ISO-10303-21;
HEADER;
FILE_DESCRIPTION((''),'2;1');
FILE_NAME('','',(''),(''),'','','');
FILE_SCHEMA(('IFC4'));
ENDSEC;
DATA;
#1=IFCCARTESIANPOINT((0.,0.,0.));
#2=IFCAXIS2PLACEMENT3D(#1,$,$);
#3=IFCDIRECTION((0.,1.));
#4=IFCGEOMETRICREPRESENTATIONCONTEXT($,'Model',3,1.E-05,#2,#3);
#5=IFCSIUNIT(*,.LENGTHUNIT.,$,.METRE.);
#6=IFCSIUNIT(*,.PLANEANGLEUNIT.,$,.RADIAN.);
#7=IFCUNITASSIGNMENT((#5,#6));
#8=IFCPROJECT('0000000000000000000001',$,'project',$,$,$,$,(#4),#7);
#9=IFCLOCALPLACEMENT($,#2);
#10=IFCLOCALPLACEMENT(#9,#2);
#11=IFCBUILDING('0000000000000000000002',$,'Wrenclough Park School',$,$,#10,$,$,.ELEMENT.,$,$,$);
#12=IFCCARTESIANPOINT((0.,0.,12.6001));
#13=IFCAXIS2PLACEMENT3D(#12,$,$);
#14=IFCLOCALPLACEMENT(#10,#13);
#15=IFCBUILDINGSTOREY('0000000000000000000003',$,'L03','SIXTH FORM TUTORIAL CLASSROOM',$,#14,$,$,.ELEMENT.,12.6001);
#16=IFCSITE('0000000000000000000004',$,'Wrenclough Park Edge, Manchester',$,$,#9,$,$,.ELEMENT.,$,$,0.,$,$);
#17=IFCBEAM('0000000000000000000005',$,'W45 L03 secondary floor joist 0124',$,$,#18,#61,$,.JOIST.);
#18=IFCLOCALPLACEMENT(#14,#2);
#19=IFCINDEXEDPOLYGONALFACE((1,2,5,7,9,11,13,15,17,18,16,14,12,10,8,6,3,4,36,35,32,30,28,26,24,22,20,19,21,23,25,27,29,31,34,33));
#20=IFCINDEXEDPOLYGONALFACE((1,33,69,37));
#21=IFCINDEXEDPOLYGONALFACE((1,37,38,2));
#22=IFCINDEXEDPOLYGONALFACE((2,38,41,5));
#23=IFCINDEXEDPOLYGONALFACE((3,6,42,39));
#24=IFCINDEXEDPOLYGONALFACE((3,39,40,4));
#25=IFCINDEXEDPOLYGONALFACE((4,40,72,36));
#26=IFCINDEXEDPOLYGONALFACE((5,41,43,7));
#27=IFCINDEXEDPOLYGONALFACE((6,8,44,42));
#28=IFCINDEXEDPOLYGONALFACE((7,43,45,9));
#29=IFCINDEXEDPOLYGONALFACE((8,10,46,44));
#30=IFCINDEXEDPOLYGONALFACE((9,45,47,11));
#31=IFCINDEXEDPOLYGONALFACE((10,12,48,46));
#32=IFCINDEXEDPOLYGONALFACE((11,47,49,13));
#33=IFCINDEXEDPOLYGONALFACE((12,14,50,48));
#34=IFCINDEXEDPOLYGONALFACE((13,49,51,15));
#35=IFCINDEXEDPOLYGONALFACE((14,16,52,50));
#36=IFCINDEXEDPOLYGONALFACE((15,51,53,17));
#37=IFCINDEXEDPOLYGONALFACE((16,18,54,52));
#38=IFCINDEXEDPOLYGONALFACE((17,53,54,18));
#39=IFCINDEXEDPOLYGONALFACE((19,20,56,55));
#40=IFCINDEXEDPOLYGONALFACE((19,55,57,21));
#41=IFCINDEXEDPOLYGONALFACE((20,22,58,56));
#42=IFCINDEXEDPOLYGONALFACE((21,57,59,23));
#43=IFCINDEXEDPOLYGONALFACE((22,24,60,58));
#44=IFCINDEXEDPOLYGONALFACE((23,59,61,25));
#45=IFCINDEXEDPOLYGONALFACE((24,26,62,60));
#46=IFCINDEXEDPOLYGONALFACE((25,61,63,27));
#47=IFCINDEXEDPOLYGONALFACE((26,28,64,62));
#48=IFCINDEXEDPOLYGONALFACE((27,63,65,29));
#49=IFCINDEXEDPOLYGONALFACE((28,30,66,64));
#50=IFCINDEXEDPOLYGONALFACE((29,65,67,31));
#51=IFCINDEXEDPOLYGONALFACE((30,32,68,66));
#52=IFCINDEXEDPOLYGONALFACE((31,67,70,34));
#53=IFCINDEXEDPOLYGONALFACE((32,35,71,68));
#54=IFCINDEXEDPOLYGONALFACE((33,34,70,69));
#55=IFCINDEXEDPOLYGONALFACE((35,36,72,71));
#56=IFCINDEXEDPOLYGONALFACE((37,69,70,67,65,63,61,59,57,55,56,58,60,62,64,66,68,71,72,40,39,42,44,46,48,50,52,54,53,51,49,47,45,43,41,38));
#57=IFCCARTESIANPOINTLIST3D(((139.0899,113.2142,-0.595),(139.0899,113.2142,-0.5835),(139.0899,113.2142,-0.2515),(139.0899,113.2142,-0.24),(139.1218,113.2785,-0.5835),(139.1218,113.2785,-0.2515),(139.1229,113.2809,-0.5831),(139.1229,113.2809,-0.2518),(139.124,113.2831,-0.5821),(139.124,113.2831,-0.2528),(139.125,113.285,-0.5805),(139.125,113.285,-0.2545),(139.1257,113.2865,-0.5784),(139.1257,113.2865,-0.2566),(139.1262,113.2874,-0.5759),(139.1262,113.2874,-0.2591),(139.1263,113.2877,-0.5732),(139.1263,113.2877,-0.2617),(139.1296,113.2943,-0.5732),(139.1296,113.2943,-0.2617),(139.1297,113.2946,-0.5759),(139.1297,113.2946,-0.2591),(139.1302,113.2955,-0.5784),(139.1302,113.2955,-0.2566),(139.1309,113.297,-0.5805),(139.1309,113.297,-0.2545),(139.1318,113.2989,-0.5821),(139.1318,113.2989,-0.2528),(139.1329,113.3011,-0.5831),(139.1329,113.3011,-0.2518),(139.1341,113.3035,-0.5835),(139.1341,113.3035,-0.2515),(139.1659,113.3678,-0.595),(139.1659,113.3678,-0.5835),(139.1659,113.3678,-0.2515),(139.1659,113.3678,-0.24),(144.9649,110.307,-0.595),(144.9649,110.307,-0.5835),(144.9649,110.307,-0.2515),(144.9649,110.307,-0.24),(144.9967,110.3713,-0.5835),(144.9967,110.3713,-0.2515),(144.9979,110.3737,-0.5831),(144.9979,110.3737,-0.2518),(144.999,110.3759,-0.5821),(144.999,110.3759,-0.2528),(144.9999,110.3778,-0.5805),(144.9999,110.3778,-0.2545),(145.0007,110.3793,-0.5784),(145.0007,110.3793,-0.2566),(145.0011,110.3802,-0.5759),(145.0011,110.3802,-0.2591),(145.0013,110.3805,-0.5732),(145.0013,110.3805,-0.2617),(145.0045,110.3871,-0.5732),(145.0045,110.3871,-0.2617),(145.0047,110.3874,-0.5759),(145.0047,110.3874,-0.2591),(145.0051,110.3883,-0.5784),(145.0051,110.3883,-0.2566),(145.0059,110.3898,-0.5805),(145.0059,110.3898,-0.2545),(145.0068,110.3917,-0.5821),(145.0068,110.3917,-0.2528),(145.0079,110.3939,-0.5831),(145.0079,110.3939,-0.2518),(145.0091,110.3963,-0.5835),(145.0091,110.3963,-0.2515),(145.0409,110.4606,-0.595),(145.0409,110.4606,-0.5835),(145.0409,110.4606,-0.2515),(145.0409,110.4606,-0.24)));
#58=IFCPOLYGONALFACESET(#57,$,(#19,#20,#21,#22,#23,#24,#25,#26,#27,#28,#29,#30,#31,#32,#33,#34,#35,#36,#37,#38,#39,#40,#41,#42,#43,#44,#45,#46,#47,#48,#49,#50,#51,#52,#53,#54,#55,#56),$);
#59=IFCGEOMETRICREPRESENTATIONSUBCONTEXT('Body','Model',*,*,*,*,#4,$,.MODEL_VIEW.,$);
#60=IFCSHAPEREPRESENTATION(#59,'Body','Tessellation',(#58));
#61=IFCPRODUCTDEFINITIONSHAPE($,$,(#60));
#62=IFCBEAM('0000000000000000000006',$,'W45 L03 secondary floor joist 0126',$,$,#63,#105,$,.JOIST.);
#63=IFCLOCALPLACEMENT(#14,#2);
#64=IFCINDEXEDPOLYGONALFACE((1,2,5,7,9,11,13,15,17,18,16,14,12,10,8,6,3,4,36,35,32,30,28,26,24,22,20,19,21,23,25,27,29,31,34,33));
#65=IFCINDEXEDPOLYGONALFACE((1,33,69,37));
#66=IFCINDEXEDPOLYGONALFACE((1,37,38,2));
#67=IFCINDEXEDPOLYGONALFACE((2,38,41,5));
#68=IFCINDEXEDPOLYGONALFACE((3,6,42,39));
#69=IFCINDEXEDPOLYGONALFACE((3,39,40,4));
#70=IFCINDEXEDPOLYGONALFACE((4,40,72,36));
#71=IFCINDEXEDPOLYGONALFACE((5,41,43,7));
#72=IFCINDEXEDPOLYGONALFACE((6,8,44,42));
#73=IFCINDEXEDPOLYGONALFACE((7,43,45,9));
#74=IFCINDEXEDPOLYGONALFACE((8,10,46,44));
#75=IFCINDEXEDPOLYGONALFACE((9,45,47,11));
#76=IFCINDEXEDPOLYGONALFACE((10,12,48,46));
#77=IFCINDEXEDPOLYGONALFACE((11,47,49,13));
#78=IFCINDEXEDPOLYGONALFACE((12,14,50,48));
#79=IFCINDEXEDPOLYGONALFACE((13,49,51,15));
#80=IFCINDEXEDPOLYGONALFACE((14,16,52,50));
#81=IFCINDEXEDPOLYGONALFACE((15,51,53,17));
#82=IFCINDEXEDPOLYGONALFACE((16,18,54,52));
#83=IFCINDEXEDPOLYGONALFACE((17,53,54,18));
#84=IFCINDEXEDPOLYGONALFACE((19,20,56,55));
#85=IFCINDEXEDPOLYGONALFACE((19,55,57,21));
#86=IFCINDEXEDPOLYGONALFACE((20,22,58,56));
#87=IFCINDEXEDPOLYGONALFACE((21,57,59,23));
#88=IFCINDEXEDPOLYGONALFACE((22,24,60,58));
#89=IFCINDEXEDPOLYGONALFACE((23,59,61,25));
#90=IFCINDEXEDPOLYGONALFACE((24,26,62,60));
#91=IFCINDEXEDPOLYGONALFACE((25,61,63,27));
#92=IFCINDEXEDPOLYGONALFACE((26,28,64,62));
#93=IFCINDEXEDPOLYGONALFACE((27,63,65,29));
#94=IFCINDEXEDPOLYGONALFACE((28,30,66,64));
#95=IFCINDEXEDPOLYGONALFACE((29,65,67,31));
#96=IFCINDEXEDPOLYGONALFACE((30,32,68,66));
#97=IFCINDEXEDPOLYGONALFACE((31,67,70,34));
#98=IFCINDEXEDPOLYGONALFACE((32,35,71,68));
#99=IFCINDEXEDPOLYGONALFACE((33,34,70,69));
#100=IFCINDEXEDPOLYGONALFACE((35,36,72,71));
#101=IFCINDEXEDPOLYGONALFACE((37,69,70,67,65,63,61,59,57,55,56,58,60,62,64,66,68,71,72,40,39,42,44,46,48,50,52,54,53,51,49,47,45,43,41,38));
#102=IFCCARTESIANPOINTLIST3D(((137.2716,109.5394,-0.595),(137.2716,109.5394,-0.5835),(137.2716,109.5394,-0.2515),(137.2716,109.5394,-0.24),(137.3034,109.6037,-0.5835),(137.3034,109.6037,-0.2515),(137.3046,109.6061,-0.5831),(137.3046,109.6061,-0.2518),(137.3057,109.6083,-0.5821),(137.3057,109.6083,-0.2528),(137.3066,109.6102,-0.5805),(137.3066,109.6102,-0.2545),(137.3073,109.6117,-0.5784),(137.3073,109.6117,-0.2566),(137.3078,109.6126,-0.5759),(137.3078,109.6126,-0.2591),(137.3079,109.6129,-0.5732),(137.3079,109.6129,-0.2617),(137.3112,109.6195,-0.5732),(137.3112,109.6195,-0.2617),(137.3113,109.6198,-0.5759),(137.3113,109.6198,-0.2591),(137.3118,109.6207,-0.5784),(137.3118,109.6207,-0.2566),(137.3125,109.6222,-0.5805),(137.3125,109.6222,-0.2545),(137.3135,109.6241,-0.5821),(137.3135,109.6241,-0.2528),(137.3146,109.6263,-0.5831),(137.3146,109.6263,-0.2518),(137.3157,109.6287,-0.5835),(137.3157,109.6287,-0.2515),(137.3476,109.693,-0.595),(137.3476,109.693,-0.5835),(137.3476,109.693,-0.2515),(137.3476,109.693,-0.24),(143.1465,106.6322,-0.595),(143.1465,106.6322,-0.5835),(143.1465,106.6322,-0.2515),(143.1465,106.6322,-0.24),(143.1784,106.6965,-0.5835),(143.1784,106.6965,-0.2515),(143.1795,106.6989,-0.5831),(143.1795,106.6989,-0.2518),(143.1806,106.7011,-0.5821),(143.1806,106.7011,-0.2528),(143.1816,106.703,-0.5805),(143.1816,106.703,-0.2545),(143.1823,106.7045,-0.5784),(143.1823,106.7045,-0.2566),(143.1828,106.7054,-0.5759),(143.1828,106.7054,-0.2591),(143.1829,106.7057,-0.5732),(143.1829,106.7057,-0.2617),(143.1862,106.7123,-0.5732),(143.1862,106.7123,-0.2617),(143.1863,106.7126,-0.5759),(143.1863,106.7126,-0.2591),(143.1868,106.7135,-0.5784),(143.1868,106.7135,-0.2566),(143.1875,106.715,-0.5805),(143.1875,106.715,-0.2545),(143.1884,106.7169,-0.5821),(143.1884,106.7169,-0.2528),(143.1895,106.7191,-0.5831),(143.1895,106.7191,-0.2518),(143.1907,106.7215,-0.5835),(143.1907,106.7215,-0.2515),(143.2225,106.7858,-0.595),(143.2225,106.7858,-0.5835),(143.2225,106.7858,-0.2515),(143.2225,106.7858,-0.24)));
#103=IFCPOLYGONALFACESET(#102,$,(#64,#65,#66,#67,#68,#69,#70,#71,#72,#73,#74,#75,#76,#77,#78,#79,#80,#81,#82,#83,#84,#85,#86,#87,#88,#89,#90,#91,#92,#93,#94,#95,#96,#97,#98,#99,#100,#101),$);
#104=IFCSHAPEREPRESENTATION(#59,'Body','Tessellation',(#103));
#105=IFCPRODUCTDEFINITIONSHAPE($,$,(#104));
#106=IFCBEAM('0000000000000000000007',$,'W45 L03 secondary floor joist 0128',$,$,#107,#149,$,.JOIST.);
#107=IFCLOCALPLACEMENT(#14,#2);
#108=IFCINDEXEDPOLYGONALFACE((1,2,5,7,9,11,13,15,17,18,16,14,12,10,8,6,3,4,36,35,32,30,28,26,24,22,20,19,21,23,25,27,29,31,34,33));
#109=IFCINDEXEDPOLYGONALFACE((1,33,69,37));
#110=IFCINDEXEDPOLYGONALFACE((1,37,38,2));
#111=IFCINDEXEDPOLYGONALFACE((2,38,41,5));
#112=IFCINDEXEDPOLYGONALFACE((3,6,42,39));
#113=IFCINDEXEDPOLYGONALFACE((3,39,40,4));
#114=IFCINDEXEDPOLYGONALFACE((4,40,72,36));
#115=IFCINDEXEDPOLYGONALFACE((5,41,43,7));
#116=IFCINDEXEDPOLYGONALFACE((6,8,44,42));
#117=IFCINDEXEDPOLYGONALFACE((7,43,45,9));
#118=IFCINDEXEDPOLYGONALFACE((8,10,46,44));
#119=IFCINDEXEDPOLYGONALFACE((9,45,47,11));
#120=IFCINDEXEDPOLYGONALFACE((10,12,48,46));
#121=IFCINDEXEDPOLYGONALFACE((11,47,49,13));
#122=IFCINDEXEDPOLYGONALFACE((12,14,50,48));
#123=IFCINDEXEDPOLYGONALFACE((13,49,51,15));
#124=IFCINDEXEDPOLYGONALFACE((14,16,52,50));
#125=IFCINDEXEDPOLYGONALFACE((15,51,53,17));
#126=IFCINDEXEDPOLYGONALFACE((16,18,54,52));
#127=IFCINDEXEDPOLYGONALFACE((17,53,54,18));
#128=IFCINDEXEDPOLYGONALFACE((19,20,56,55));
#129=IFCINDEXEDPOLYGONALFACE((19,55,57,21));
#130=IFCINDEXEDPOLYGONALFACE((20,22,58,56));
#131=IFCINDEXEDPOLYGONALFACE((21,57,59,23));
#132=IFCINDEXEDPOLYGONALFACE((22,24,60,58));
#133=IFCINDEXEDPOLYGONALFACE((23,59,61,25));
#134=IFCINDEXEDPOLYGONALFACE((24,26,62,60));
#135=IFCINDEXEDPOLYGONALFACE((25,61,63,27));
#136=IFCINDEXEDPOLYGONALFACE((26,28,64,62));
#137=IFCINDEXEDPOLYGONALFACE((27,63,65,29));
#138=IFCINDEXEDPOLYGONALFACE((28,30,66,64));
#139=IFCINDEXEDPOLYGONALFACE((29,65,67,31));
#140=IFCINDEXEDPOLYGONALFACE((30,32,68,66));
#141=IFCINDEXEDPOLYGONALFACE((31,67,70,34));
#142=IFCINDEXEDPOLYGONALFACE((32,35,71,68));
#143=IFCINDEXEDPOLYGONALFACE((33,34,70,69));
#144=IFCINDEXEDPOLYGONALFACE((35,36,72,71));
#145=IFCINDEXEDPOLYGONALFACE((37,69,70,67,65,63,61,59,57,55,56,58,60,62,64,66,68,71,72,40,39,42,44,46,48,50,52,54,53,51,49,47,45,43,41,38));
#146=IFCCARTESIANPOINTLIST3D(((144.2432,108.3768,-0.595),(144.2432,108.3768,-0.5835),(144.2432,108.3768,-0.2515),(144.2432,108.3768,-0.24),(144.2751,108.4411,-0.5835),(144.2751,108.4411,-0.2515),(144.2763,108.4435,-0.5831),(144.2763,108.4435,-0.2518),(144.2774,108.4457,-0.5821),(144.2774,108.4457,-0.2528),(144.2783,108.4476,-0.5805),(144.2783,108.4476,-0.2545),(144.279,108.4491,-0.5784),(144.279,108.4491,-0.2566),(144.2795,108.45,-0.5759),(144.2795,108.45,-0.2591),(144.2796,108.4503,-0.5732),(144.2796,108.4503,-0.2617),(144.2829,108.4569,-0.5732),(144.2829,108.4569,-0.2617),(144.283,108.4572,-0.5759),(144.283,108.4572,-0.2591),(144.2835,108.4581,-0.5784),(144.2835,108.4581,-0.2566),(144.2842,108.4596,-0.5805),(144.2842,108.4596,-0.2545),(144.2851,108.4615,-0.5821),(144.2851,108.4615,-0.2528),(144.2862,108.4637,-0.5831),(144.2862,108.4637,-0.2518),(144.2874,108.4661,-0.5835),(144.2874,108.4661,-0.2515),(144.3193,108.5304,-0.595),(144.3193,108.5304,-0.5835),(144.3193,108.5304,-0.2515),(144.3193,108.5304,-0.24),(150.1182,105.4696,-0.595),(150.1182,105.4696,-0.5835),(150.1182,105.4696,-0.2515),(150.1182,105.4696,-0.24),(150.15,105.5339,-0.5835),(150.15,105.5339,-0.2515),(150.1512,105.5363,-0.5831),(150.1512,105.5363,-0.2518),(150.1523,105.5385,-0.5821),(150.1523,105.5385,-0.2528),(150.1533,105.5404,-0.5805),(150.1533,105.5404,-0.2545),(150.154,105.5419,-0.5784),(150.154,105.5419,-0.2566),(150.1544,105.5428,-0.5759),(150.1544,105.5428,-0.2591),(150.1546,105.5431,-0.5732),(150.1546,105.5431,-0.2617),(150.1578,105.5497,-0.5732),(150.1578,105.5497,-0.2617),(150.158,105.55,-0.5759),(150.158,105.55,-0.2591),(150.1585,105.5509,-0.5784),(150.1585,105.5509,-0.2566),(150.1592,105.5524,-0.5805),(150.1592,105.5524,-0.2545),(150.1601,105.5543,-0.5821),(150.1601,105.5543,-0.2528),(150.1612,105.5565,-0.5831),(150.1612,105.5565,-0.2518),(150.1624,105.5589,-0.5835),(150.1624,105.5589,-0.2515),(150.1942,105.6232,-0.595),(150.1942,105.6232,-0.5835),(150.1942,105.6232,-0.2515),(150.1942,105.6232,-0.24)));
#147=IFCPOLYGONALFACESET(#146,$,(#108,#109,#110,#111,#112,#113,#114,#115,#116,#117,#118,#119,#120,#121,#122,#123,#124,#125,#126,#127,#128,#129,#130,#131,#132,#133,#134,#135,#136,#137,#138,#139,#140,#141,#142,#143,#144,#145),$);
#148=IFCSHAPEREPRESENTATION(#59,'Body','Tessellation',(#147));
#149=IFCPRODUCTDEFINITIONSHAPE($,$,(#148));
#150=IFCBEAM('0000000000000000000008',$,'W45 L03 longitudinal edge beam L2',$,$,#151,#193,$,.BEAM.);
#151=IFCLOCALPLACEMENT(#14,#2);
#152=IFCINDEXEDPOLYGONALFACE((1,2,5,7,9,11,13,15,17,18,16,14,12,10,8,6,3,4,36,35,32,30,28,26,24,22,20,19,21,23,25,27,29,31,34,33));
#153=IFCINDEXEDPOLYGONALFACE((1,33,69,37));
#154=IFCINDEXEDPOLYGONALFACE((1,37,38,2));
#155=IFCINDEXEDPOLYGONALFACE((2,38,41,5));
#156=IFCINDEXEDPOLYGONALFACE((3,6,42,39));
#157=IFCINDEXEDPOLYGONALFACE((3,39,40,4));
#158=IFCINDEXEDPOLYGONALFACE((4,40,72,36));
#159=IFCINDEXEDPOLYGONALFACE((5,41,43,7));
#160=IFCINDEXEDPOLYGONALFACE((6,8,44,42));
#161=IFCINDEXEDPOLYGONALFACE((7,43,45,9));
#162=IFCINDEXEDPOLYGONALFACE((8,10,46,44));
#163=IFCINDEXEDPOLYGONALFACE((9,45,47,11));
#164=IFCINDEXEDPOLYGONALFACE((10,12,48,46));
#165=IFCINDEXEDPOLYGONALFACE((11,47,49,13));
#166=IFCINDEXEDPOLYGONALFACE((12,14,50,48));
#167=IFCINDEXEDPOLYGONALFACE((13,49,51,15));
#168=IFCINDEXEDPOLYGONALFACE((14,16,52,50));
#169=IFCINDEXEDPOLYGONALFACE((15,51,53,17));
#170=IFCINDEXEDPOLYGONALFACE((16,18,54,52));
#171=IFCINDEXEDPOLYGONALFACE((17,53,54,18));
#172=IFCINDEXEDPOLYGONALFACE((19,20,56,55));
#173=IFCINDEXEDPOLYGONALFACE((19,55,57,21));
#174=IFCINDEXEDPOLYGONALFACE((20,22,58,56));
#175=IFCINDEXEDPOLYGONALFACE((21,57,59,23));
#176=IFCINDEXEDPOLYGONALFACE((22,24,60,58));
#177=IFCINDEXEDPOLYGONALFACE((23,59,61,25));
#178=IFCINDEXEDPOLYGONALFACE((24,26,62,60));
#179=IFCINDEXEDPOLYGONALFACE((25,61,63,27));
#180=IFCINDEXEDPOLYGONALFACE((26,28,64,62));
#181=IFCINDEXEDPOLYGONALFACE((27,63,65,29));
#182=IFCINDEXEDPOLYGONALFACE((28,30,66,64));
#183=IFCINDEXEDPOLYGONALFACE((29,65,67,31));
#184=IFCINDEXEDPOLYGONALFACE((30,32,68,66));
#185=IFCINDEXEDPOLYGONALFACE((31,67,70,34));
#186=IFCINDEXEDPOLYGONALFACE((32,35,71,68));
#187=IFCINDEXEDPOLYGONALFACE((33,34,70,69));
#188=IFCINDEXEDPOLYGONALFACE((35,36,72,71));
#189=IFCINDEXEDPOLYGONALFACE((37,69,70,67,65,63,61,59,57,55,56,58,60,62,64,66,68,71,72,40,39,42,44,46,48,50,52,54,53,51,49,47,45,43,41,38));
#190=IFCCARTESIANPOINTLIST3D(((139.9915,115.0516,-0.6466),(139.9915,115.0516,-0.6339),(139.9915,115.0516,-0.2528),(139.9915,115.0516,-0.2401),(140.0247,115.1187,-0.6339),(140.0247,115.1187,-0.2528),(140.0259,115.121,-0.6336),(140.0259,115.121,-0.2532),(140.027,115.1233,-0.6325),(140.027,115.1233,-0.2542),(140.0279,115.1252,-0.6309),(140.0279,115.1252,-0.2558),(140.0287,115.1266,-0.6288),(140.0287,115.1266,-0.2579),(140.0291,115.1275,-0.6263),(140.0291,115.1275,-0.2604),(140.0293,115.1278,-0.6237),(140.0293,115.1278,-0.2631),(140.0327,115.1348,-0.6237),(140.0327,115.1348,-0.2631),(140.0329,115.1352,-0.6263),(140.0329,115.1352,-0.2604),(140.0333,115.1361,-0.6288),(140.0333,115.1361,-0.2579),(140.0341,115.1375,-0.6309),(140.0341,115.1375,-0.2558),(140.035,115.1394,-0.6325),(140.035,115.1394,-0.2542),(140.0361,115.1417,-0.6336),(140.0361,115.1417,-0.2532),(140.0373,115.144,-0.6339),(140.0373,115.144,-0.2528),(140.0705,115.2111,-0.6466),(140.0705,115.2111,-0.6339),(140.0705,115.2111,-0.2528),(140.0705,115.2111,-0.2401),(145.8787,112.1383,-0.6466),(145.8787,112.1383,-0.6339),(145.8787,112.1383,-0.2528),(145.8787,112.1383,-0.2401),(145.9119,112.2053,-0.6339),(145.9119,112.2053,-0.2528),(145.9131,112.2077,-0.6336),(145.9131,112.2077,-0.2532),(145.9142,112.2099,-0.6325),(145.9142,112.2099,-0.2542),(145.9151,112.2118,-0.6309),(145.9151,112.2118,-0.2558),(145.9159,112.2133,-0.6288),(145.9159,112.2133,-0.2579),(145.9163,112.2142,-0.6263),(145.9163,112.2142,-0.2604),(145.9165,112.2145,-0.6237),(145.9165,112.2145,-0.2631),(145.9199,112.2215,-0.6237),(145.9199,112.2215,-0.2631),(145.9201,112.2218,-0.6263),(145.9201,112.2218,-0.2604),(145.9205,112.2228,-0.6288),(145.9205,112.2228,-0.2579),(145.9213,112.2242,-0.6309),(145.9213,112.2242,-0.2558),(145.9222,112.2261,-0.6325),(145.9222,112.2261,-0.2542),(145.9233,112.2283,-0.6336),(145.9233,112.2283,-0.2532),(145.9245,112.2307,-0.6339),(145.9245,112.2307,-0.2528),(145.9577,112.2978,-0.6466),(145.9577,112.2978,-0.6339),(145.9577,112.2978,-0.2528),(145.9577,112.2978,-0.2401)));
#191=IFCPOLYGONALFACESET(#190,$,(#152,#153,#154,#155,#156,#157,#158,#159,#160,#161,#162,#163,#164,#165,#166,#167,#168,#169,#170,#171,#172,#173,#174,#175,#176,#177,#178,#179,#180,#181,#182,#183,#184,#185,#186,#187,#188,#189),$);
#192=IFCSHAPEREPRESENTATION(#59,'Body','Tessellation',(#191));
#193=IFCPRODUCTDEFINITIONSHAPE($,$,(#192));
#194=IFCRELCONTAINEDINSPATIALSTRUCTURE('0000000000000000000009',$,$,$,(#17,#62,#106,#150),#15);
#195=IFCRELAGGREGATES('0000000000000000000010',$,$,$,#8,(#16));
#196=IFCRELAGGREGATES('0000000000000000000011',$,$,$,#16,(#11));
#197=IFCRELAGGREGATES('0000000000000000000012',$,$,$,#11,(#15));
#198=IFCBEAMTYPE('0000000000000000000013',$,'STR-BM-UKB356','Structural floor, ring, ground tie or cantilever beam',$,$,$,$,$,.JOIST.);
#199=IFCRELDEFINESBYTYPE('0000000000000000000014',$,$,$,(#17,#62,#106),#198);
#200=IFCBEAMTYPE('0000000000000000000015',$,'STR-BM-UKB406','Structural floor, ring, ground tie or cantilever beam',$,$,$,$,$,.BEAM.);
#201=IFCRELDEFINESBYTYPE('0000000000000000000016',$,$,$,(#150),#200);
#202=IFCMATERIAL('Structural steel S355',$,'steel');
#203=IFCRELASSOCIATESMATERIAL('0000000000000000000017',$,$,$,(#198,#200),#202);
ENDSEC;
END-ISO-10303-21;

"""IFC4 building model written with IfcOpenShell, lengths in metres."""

from ifc_helpers import new_model, si_unit, direction, frame, origin, origin_2d, place, context, subcontext, project, spatial, i_section, extrude, material, material_profile, profile_set, type_object, element, save


model = new_model("IFC4")

# Units and contexts
model_context = context("Model", 3, precision=1e-05, world=origin(), true_north=direction((0.0, 1.0)))
body_context = subcontext(model_context, "Body", "Model", "MODEL_VIEW")
ifc_project = project(units=[si_unit("LENGTHUNIT", "METRE"), si_unit("PLANEANGLEUNIT", "RADIAN")], contexts=[model_context])

# Site, building, storey
site_placement = place(None, origin())
site = spatial("IfcSite", under=ifc_project, at=site_placement, Name="Wrenclough Park Edge, Manchester", CompositionType="ELEMENT", RefElevation=0.0)
building_placement = place(site_placement, origin())
building = spatial("IfcBuilding", under=site, at=building_placement, Name="Wrenclough Park School", CompositionType="ELEMENT")
storey_placement = place(building_placement, frame((0.0, 0.0, 12.6001)))
storey = spatial("IfcBuildingStorey", under=building, at=storey_placement, Name="L03", Description="SIXTH FORM TUTORIAL CLASSROOM", CompositionType="ELEMENT", Elevation=12.6001)

# Shared definitions
ifc_material_1 = material(Name="Structural steel S355", Category="steel")

# Beams
ifc_material_profile_1 = material_profile(ifc_material_1, i_section(OverallWidth=0.1714, OverallDepth=0.355, WebThickness=0.0073, FlangeThickness=0.0115, FilletRadius=0.0103, at=origin_2d()), Name="UKB 356x171x51")
ifc_profile_set_1 = profile_set([ifc_material_profile_1], Name="Structural steel S355")
beam_type_1 = type_object("IfcBeamType", Name="STR-BM-UKB356", Description="Structural floor, ring, ground tie or cantilever beam", PredefinedType="JOIST", material=ifc_profile_set_1)
for number, where, z_axis, x_axis, name in (
    (1, (139.1279, 113.291, -0.4175), (0.896267, -0.443515, 0.0), (0.443515, 0.896267, 0.0), "W45 L03 secondary floor joist 0124"),
    (2, (137.3096, 109.6162, -0.4175), (0.896267, -0.443515, 0.0), (0.443515, 0.896267, 0.0), "W45 L03 secondary floor joist 0126"),
    (3, (144.2812, 108.4536, -0.4175), (0.896267, -0.443515, 0.0), (0.443515, 0.896267, 0.0), "W45 L03 secondary floor joist 0128"),
):
    element("IfcBeam", number, at=place(storey_placement, frame(where, z_axis=z_axis, x_axis=x_axis)), inside=storey, type_object=beam_type_1, Name=name, PredefinedType="JOIST", context=body_context, shape_type="SweptSolid", body=[
        extrude(i_section(OverallWidth=0.1714, OverallDepth=0.355, WebThickness=0.0073, FlangeThickness=0.0115, FilletRadius=0.0103, at=origin_2d()), origin(), (0.0, 0.0, 1.0), 6.5549),
    ])
ifc_material_profile_2 = material_profile(ifc_material_1, i_section(OverallWidth=0.178, OverallDepth=0.4065, WebThickness=0.0078, FlangeThickness=0.0127, FilletRadius=0.0103, at=origin_2d()), Name="UKB 406x178x60")
ifc_profile_set_2 = profile_set([ifc_material_profile_2], Name="Structural steel S355")
beam_type_2 = type_object("IfcBeamType", Name="STR-BM-UKB406", Description="Structural floor, ring, ground tie or cantilever beam", PredefinedType="BEAM", material=ifc_profile_set_2)
beam_placement = place(storey_placement, frame((140.031, 115.1313, -0.4434), z_axis=(0.896263, -0.443523, 0.0), x_axis=(0.443523, 0.896263, 0.0)))
element("IfcBeam", 4, at=beam_placement, inside=storey, type_object=beam_type_2, Name="W45 L03 longitudinal edge beam L2", PredefinedType="BEAM", context=body_context, shape_type="SweptSolid", body=[
    extrude(i_section(OverallWidth=0.178, OverallDepth=0.4065, WebThickness=0.0078, FlangeThickness=0.0127, FilletRadius=0.0103, at=origin_2d()), origin(), (0.0, 0.0, 1.0), 6.5686),
])

save(model, "model.ifc")
